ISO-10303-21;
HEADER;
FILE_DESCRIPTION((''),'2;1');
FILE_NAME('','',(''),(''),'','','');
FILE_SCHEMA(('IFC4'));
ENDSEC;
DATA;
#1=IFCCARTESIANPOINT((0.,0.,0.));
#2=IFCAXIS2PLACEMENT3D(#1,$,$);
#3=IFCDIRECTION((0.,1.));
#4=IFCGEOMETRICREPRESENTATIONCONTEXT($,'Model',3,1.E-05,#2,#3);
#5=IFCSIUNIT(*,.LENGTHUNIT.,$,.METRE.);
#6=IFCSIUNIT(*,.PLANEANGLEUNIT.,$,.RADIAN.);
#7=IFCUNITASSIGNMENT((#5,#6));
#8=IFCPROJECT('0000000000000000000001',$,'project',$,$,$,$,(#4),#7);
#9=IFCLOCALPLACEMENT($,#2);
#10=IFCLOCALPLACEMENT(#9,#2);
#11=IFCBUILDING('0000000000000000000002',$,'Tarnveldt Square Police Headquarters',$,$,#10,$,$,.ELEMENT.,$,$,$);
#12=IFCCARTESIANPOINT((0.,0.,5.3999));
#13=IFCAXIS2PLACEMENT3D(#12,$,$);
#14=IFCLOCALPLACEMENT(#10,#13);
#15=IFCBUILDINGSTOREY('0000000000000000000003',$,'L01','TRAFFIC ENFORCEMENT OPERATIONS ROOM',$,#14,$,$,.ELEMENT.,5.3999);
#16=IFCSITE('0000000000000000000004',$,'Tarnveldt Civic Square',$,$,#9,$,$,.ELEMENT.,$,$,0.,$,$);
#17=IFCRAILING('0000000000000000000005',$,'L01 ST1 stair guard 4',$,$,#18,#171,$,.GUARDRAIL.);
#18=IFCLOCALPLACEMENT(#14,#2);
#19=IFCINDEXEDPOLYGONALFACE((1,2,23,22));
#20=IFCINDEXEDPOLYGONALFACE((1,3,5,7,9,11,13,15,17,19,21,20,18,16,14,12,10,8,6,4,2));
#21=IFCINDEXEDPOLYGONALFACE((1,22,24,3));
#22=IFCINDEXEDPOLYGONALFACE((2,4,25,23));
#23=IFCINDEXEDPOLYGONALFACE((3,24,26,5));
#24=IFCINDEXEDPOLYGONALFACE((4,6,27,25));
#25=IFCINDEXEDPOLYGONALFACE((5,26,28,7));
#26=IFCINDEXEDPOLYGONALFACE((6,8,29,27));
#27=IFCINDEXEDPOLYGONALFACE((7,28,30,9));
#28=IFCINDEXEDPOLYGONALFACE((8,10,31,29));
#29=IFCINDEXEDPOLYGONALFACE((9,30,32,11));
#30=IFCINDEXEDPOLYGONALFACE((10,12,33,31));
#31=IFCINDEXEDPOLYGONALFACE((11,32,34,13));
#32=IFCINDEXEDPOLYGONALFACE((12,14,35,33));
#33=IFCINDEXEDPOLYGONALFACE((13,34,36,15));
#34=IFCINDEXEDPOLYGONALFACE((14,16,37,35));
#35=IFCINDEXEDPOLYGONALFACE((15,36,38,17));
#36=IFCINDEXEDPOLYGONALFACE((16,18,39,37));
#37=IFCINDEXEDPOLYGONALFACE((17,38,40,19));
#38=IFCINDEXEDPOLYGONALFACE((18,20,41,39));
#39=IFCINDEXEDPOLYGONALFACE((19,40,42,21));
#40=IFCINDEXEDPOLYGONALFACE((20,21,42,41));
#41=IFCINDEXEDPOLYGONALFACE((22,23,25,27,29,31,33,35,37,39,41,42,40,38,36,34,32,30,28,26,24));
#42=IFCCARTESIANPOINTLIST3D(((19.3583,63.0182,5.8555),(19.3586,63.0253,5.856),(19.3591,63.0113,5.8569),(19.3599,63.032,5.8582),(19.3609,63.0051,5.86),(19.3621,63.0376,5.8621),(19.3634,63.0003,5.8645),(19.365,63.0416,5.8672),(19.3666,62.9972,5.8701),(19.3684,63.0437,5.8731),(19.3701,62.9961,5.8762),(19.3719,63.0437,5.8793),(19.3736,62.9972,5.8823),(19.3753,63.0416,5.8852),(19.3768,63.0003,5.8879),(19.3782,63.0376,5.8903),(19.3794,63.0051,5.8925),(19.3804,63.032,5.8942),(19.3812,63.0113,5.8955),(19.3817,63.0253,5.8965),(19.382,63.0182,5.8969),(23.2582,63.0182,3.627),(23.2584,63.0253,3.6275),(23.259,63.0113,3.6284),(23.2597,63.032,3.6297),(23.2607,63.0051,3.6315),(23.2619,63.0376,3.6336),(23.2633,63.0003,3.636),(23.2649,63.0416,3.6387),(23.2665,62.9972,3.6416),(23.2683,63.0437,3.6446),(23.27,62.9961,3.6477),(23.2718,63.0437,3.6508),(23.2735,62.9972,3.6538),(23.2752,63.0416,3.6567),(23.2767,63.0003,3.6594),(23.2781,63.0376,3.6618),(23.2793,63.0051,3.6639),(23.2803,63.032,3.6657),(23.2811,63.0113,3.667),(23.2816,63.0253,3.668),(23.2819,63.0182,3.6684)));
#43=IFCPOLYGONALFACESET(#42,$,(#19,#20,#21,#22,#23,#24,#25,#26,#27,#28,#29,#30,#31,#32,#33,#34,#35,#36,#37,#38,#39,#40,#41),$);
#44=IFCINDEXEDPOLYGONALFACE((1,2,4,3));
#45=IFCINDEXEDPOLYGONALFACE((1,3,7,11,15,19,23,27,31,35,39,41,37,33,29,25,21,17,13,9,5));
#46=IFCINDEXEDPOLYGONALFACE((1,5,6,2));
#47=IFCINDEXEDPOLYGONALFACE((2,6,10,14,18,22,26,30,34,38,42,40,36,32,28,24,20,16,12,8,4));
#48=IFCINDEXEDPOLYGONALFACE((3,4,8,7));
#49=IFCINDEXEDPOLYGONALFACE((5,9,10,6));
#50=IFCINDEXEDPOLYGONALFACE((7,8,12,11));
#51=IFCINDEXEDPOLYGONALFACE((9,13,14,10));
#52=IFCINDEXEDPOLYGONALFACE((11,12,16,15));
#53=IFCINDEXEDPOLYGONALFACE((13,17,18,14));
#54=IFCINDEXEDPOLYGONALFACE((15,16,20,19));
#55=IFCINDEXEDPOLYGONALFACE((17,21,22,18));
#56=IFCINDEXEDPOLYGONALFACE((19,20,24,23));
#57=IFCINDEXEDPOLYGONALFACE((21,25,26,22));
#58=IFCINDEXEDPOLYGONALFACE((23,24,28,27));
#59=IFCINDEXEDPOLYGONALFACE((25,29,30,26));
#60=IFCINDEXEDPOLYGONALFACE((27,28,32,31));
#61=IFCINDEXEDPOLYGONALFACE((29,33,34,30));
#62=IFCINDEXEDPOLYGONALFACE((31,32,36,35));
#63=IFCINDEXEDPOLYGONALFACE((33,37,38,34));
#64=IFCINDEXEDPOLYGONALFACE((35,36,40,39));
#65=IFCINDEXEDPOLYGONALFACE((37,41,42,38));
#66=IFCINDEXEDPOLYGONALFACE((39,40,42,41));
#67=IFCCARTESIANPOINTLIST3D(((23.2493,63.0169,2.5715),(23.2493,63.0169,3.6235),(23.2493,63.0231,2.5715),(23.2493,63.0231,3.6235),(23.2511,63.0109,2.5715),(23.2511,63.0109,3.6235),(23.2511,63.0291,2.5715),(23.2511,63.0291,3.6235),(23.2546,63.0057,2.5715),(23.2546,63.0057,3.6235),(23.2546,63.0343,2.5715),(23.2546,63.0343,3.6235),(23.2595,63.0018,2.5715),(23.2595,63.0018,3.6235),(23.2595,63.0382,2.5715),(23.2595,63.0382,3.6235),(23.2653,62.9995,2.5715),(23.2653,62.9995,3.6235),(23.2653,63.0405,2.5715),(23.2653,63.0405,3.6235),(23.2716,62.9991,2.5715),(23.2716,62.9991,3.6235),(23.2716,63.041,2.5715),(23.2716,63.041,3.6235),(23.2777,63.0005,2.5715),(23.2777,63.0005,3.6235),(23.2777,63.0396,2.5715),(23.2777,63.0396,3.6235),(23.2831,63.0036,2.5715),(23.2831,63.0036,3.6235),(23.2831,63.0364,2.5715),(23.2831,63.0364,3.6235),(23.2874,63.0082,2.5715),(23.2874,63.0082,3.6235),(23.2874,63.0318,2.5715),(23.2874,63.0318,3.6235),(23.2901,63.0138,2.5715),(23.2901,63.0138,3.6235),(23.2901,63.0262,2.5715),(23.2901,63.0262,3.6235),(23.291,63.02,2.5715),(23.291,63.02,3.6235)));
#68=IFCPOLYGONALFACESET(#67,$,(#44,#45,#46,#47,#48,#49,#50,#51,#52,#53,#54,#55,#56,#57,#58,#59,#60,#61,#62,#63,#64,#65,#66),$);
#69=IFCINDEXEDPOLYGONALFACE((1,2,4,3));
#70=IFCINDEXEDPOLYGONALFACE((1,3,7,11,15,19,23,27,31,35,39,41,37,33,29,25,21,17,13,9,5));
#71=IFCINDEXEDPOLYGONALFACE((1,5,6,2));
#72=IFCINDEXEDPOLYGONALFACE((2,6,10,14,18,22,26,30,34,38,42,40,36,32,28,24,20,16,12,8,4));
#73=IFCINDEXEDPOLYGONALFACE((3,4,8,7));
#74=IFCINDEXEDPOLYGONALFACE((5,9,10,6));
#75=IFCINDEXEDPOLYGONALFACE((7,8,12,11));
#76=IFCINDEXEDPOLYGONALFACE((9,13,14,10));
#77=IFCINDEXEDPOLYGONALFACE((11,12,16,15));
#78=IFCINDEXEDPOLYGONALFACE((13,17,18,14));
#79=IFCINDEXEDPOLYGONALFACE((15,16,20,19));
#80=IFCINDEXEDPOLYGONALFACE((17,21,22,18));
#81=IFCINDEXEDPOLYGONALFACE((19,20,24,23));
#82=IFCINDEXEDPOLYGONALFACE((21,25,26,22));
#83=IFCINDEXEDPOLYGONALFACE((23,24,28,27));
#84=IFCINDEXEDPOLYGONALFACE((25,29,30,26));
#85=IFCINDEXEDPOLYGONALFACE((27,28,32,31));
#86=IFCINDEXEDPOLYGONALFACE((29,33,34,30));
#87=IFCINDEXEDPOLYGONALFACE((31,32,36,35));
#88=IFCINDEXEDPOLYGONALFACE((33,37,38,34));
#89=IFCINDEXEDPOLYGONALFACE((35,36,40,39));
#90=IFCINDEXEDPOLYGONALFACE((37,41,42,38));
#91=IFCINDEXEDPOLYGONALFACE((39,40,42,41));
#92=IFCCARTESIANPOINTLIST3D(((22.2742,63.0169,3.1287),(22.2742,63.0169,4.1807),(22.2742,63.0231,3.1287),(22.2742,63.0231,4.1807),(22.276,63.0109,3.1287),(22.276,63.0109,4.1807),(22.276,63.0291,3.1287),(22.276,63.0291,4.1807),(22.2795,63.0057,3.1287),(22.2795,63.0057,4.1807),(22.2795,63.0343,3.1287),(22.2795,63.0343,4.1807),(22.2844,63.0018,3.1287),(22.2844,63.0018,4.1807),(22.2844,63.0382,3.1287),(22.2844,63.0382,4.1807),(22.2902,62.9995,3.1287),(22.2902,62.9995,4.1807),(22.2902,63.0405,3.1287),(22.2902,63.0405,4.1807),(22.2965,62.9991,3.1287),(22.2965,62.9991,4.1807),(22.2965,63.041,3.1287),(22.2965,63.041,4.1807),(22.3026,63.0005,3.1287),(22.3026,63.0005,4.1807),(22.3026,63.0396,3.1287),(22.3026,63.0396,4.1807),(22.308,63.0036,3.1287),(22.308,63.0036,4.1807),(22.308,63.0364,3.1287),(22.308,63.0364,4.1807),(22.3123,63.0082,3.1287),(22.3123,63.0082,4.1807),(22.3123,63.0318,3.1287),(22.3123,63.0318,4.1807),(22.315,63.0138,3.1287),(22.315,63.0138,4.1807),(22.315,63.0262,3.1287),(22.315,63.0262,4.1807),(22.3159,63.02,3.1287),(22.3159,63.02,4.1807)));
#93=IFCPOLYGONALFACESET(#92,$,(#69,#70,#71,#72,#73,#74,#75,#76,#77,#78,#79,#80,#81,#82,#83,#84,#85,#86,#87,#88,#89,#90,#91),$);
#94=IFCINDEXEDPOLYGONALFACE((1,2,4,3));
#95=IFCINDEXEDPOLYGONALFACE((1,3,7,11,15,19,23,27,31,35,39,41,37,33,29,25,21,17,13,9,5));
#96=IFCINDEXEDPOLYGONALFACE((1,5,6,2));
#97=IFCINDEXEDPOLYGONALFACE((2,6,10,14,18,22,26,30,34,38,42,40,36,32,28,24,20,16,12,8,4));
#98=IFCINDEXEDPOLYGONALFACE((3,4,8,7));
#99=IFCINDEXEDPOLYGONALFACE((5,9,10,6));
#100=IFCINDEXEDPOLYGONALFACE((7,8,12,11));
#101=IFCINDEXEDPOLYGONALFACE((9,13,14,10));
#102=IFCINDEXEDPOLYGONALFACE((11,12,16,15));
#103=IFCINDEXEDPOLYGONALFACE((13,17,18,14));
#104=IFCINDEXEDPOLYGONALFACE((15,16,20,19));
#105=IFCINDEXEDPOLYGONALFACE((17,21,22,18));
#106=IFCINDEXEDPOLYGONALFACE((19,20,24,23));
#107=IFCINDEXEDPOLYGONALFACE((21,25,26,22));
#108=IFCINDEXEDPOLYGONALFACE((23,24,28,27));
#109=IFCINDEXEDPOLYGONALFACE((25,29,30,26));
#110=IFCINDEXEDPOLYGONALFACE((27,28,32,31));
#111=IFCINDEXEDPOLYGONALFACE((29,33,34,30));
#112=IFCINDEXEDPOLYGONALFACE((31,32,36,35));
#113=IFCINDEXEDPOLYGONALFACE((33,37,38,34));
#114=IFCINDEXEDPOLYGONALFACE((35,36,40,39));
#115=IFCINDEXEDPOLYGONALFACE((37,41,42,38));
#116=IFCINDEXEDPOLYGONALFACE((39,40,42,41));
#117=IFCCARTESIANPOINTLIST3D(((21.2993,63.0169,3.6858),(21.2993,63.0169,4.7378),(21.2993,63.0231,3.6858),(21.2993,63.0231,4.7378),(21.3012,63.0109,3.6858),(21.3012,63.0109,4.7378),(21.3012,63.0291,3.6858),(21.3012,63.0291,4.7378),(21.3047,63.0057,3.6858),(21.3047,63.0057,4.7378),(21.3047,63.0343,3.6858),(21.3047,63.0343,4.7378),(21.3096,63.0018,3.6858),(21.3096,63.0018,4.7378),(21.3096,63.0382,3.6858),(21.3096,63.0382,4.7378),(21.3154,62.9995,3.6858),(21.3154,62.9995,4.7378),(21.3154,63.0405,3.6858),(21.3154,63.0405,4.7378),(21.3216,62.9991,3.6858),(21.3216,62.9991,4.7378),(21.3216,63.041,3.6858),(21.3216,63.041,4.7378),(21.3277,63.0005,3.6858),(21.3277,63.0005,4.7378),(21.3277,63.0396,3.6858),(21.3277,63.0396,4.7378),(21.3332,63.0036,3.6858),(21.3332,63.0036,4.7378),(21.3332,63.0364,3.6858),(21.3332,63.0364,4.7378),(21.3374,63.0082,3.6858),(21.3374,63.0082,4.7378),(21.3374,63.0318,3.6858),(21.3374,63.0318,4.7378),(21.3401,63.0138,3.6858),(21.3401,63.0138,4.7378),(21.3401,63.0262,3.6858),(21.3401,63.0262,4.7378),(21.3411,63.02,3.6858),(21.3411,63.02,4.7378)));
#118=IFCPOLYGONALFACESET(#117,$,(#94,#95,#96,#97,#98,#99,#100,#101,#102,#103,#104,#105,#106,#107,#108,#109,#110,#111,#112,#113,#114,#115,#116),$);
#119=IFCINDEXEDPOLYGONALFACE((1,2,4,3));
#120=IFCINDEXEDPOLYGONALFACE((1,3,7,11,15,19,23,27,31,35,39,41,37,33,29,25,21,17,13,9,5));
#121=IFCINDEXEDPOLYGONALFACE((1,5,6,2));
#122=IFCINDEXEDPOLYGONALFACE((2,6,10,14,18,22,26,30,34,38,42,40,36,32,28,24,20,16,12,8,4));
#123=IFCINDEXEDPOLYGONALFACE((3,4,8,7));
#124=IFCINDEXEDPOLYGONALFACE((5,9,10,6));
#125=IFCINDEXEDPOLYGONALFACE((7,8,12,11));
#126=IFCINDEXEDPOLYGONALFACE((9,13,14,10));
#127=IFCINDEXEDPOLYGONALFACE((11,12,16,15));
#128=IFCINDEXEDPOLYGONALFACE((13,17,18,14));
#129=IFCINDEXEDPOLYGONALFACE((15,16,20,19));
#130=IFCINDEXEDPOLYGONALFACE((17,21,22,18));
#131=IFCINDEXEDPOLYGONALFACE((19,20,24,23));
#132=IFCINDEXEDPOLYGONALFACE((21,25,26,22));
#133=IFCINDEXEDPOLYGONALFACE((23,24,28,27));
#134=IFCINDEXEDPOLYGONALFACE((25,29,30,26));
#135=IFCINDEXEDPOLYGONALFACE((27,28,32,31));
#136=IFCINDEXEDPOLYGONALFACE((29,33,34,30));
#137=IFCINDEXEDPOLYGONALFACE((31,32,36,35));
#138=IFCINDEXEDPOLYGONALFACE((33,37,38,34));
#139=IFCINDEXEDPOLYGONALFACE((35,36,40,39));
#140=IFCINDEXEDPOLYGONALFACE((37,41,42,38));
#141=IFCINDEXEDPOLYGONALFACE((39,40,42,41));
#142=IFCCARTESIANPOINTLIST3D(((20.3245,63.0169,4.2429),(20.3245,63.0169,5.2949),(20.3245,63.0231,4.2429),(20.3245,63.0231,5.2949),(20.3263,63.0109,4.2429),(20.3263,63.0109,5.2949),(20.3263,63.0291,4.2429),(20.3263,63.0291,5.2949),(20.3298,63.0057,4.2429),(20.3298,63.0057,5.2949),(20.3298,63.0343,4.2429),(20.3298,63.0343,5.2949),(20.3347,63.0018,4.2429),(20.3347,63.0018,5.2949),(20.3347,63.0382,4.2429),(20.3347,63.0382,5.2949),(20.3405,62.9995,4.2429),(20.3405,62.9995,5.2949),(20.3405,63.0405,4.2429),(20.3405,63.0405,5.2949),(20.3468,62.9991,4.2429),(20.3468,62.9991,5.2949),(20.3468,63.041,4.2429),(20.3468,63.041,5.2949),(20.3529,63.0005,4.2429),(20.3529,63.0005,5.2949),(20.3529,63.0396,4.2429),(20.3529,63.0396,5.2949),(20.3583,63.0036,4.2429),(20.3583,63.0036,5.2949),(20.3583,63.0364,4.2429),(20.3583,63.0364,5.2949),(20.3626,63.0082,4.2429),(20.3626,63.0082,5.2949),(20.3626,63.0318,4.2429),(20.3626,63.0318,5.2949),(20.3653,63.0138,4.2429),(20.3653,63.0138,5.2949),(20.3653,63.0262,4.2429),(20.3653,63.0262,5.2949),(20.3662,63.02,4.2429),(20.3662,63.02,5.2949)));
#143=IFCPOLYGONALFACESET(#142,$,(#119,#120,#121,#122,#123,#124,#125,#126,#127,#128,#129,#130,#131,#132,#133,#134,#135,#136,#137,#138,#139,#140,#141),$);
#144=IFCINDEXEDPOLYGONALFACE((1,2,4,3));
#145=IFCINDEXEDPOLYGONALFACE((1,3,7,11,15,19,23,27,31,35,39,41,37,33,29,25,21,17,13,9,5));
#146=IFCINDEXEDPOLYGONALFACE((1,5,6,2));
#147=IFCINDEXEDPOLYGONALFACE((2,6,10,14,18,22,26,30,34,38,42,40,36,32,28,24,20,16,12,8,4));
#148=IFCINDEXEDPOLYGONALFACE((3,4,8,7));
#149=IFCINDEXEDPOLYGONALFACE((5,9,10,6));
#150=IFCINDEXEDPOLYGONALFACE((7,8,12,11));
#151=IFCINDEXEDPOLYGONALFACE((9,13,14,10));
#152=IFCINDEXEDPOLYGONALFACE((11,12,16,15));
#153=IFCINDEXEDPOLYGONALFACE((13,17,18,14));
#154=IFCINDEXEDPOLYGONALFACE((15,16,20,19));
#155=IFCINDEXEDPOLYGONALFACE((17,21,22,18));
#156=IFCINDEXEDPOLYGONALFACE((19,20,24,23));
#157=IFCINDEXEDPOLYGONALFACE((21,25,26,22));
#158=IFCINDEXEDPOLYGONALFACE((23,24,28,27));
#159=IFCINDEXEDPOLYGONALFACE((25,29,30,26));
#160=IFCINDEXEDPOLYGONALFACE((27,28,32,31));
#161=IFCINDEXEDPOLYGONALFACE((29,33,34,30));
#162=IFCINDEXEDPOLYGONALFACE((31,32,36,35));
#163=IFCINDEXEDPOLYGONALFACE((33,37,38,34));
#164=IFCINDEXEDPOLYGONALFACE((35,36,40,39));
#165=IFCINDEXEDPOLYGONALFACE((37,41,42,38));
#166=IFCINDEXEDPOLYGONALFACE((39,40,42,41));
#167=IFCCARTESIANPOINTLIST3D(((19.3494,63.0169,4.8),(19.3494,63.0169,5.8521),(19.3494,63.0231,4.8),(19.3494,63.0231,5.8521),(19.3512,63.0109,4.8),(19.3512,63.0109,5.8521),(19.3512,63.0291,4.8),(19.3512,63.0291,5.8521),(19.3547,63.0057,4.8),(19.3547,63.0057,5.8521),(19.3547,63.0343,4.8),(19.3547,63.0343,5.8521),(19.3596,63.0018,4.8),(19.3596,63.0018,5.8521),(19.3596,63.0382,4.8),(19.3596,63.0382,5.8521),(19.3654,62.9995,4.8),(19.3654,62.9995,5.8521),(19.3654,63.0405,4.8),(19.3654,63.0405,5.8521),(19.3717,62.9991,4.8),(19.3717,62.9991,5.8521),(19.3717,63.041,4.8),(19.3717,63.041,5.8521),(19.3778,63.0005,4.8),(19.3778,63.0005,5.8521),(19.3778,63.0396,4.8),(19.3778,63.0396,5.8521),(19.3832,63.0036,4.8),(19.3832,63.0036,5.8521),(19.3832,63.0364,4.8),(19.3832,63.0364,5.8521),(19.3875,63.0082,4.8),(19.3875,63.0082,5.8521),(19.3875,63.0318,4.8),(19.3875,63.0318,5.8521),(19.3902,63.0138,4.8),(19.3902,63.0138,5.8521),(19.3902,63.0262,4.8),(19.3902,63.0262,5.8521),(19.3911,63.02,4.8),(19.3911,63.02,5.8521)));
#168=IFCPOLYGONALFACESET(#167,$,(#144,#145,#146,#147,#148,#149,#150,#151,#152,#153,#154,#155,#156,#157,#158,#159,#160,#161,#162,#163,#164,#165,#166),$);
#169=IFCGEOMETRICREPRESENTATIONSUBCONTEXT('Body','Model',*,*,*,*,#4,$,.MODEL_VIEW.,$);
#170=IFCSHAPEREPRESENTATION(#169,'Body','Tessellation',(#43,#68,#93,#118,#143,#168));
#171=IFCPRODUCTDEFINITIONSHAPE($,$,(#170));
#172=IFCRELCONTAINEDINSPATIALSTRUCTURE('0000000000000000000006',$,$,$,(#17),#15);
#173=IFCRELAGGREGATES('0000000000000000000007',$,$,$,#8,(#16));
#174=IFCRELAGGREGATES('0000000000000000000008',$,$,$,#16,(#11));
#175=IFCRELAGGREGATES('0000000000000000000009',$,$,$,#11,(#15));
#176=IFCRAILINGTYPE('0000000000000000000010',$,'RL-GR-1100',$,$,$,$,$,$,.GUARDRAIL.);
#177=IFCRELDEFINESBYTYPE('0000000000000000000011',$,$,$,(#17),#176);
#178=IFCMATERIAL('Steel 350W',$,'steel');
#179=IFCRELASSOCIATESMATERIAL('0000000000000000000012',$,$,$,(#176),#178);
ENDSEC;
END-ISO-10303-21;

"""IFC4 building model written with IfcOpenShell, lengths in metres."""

from ifc_helpers import new_model, si_unit, direction, frame, origin, origin_2d, place, context, subcontext, project, spatial, circle, extrude, material, type_object, element, save


model = new_model("IFC4")

# Units and contexts
model_context = context("Model", 3, precision=1e-05, world=origin(), true_north=direction((0.0, 1.0)))
body_context = subcontext(model_context, "Body", "Model", "MODEL_VIEW")
ifc_project = project(units=[si_unit("LENGTHUNIT", "METRE"), si_unit("PLANEANGLEUNIT", "RADIAN")], contexts=[model_context])

# Site, building, storey
site_placement = place(None, origin())
site = spatial("IfcSite", under=ifc_project, at=site_placement, Name="Tarnveldt Civic Square", CompositionType="ELEMENT", RefElevation=0.0)
building_placement = place(site_placement, origin())
building = spatial("IfcBuilding", under=site, at=building_placement, Name="Tarnveldt Square Police Headquarters", CompositionType="ELEMENT")
storey_placement = place(building_placement, frame((0.0, 0.0, 5.3999)))
storey = spatial("IfcBuildingStorey", under=building, at=storey_placement, Name="L01", Description="TRAFFIC ENFORCEMENT OPERATIONS ROOM", CompositionType="ELEMENT", Elevation=5.3999)

# Shared definitions
ifc_material_1 = material(Name="Steel 350W", Category="steel")

# Railing
railing_type_1 = type_object("IfcRailingType", Name="RL-GR-1100", PredefinedType="GUARDRAIL", material=ifc_material_1)
railing_1_placement = place(storey_placement, frame((23.27, 63.02, 2.5715)))
element("IfcRailing", 1, at=railing_1_placement, inside=storey, type_object=railing_type_1, Name="L01 ST1 stair guard 4", PredefinedType="GUARDRAIL", context=body_context, shape_type="SweptSolid", body=[
    extrude(circle(Radius=0.0239, at=origin_2d()), frame((0.0, 0.0, 1.0762), z_axis=(-0.868243, 0.0, 0.496139), x_axis=(0.0, -1.0, 0.0)), (0.0, 0.0, 1.0), 4.4917),
    extrude(circle(Radius=0.021, at=origin_2d()), origin(), (0.0, 0.0, 1.0), 1.052),
    extrude(circle(Radius=0.021, at=origin_2d()), frame((-0.9751, 0.0, 0.5571)), (0.0, 0.0, 1.0), 1.052),
    extrude(circle(Radius=0.021, at=origin_2d()), frame((-1.95, 0.0, 1.1143)), (0.0, 0.0, 1.0), 1.052),
    extrude(circle(Radius=0.021, at=origin_2d()), frame((-2.9248, 0.0, 1.6714)), (0.0, 0.0, 1.0), 1.052),
    extrude(circle(Radius=0.021, at=origin_2d()), frame((-3.8999, 0.0, 2.2285)), (0.0, 0.0, 1.0), 1.052),
])

save(model, "model.ifc")
